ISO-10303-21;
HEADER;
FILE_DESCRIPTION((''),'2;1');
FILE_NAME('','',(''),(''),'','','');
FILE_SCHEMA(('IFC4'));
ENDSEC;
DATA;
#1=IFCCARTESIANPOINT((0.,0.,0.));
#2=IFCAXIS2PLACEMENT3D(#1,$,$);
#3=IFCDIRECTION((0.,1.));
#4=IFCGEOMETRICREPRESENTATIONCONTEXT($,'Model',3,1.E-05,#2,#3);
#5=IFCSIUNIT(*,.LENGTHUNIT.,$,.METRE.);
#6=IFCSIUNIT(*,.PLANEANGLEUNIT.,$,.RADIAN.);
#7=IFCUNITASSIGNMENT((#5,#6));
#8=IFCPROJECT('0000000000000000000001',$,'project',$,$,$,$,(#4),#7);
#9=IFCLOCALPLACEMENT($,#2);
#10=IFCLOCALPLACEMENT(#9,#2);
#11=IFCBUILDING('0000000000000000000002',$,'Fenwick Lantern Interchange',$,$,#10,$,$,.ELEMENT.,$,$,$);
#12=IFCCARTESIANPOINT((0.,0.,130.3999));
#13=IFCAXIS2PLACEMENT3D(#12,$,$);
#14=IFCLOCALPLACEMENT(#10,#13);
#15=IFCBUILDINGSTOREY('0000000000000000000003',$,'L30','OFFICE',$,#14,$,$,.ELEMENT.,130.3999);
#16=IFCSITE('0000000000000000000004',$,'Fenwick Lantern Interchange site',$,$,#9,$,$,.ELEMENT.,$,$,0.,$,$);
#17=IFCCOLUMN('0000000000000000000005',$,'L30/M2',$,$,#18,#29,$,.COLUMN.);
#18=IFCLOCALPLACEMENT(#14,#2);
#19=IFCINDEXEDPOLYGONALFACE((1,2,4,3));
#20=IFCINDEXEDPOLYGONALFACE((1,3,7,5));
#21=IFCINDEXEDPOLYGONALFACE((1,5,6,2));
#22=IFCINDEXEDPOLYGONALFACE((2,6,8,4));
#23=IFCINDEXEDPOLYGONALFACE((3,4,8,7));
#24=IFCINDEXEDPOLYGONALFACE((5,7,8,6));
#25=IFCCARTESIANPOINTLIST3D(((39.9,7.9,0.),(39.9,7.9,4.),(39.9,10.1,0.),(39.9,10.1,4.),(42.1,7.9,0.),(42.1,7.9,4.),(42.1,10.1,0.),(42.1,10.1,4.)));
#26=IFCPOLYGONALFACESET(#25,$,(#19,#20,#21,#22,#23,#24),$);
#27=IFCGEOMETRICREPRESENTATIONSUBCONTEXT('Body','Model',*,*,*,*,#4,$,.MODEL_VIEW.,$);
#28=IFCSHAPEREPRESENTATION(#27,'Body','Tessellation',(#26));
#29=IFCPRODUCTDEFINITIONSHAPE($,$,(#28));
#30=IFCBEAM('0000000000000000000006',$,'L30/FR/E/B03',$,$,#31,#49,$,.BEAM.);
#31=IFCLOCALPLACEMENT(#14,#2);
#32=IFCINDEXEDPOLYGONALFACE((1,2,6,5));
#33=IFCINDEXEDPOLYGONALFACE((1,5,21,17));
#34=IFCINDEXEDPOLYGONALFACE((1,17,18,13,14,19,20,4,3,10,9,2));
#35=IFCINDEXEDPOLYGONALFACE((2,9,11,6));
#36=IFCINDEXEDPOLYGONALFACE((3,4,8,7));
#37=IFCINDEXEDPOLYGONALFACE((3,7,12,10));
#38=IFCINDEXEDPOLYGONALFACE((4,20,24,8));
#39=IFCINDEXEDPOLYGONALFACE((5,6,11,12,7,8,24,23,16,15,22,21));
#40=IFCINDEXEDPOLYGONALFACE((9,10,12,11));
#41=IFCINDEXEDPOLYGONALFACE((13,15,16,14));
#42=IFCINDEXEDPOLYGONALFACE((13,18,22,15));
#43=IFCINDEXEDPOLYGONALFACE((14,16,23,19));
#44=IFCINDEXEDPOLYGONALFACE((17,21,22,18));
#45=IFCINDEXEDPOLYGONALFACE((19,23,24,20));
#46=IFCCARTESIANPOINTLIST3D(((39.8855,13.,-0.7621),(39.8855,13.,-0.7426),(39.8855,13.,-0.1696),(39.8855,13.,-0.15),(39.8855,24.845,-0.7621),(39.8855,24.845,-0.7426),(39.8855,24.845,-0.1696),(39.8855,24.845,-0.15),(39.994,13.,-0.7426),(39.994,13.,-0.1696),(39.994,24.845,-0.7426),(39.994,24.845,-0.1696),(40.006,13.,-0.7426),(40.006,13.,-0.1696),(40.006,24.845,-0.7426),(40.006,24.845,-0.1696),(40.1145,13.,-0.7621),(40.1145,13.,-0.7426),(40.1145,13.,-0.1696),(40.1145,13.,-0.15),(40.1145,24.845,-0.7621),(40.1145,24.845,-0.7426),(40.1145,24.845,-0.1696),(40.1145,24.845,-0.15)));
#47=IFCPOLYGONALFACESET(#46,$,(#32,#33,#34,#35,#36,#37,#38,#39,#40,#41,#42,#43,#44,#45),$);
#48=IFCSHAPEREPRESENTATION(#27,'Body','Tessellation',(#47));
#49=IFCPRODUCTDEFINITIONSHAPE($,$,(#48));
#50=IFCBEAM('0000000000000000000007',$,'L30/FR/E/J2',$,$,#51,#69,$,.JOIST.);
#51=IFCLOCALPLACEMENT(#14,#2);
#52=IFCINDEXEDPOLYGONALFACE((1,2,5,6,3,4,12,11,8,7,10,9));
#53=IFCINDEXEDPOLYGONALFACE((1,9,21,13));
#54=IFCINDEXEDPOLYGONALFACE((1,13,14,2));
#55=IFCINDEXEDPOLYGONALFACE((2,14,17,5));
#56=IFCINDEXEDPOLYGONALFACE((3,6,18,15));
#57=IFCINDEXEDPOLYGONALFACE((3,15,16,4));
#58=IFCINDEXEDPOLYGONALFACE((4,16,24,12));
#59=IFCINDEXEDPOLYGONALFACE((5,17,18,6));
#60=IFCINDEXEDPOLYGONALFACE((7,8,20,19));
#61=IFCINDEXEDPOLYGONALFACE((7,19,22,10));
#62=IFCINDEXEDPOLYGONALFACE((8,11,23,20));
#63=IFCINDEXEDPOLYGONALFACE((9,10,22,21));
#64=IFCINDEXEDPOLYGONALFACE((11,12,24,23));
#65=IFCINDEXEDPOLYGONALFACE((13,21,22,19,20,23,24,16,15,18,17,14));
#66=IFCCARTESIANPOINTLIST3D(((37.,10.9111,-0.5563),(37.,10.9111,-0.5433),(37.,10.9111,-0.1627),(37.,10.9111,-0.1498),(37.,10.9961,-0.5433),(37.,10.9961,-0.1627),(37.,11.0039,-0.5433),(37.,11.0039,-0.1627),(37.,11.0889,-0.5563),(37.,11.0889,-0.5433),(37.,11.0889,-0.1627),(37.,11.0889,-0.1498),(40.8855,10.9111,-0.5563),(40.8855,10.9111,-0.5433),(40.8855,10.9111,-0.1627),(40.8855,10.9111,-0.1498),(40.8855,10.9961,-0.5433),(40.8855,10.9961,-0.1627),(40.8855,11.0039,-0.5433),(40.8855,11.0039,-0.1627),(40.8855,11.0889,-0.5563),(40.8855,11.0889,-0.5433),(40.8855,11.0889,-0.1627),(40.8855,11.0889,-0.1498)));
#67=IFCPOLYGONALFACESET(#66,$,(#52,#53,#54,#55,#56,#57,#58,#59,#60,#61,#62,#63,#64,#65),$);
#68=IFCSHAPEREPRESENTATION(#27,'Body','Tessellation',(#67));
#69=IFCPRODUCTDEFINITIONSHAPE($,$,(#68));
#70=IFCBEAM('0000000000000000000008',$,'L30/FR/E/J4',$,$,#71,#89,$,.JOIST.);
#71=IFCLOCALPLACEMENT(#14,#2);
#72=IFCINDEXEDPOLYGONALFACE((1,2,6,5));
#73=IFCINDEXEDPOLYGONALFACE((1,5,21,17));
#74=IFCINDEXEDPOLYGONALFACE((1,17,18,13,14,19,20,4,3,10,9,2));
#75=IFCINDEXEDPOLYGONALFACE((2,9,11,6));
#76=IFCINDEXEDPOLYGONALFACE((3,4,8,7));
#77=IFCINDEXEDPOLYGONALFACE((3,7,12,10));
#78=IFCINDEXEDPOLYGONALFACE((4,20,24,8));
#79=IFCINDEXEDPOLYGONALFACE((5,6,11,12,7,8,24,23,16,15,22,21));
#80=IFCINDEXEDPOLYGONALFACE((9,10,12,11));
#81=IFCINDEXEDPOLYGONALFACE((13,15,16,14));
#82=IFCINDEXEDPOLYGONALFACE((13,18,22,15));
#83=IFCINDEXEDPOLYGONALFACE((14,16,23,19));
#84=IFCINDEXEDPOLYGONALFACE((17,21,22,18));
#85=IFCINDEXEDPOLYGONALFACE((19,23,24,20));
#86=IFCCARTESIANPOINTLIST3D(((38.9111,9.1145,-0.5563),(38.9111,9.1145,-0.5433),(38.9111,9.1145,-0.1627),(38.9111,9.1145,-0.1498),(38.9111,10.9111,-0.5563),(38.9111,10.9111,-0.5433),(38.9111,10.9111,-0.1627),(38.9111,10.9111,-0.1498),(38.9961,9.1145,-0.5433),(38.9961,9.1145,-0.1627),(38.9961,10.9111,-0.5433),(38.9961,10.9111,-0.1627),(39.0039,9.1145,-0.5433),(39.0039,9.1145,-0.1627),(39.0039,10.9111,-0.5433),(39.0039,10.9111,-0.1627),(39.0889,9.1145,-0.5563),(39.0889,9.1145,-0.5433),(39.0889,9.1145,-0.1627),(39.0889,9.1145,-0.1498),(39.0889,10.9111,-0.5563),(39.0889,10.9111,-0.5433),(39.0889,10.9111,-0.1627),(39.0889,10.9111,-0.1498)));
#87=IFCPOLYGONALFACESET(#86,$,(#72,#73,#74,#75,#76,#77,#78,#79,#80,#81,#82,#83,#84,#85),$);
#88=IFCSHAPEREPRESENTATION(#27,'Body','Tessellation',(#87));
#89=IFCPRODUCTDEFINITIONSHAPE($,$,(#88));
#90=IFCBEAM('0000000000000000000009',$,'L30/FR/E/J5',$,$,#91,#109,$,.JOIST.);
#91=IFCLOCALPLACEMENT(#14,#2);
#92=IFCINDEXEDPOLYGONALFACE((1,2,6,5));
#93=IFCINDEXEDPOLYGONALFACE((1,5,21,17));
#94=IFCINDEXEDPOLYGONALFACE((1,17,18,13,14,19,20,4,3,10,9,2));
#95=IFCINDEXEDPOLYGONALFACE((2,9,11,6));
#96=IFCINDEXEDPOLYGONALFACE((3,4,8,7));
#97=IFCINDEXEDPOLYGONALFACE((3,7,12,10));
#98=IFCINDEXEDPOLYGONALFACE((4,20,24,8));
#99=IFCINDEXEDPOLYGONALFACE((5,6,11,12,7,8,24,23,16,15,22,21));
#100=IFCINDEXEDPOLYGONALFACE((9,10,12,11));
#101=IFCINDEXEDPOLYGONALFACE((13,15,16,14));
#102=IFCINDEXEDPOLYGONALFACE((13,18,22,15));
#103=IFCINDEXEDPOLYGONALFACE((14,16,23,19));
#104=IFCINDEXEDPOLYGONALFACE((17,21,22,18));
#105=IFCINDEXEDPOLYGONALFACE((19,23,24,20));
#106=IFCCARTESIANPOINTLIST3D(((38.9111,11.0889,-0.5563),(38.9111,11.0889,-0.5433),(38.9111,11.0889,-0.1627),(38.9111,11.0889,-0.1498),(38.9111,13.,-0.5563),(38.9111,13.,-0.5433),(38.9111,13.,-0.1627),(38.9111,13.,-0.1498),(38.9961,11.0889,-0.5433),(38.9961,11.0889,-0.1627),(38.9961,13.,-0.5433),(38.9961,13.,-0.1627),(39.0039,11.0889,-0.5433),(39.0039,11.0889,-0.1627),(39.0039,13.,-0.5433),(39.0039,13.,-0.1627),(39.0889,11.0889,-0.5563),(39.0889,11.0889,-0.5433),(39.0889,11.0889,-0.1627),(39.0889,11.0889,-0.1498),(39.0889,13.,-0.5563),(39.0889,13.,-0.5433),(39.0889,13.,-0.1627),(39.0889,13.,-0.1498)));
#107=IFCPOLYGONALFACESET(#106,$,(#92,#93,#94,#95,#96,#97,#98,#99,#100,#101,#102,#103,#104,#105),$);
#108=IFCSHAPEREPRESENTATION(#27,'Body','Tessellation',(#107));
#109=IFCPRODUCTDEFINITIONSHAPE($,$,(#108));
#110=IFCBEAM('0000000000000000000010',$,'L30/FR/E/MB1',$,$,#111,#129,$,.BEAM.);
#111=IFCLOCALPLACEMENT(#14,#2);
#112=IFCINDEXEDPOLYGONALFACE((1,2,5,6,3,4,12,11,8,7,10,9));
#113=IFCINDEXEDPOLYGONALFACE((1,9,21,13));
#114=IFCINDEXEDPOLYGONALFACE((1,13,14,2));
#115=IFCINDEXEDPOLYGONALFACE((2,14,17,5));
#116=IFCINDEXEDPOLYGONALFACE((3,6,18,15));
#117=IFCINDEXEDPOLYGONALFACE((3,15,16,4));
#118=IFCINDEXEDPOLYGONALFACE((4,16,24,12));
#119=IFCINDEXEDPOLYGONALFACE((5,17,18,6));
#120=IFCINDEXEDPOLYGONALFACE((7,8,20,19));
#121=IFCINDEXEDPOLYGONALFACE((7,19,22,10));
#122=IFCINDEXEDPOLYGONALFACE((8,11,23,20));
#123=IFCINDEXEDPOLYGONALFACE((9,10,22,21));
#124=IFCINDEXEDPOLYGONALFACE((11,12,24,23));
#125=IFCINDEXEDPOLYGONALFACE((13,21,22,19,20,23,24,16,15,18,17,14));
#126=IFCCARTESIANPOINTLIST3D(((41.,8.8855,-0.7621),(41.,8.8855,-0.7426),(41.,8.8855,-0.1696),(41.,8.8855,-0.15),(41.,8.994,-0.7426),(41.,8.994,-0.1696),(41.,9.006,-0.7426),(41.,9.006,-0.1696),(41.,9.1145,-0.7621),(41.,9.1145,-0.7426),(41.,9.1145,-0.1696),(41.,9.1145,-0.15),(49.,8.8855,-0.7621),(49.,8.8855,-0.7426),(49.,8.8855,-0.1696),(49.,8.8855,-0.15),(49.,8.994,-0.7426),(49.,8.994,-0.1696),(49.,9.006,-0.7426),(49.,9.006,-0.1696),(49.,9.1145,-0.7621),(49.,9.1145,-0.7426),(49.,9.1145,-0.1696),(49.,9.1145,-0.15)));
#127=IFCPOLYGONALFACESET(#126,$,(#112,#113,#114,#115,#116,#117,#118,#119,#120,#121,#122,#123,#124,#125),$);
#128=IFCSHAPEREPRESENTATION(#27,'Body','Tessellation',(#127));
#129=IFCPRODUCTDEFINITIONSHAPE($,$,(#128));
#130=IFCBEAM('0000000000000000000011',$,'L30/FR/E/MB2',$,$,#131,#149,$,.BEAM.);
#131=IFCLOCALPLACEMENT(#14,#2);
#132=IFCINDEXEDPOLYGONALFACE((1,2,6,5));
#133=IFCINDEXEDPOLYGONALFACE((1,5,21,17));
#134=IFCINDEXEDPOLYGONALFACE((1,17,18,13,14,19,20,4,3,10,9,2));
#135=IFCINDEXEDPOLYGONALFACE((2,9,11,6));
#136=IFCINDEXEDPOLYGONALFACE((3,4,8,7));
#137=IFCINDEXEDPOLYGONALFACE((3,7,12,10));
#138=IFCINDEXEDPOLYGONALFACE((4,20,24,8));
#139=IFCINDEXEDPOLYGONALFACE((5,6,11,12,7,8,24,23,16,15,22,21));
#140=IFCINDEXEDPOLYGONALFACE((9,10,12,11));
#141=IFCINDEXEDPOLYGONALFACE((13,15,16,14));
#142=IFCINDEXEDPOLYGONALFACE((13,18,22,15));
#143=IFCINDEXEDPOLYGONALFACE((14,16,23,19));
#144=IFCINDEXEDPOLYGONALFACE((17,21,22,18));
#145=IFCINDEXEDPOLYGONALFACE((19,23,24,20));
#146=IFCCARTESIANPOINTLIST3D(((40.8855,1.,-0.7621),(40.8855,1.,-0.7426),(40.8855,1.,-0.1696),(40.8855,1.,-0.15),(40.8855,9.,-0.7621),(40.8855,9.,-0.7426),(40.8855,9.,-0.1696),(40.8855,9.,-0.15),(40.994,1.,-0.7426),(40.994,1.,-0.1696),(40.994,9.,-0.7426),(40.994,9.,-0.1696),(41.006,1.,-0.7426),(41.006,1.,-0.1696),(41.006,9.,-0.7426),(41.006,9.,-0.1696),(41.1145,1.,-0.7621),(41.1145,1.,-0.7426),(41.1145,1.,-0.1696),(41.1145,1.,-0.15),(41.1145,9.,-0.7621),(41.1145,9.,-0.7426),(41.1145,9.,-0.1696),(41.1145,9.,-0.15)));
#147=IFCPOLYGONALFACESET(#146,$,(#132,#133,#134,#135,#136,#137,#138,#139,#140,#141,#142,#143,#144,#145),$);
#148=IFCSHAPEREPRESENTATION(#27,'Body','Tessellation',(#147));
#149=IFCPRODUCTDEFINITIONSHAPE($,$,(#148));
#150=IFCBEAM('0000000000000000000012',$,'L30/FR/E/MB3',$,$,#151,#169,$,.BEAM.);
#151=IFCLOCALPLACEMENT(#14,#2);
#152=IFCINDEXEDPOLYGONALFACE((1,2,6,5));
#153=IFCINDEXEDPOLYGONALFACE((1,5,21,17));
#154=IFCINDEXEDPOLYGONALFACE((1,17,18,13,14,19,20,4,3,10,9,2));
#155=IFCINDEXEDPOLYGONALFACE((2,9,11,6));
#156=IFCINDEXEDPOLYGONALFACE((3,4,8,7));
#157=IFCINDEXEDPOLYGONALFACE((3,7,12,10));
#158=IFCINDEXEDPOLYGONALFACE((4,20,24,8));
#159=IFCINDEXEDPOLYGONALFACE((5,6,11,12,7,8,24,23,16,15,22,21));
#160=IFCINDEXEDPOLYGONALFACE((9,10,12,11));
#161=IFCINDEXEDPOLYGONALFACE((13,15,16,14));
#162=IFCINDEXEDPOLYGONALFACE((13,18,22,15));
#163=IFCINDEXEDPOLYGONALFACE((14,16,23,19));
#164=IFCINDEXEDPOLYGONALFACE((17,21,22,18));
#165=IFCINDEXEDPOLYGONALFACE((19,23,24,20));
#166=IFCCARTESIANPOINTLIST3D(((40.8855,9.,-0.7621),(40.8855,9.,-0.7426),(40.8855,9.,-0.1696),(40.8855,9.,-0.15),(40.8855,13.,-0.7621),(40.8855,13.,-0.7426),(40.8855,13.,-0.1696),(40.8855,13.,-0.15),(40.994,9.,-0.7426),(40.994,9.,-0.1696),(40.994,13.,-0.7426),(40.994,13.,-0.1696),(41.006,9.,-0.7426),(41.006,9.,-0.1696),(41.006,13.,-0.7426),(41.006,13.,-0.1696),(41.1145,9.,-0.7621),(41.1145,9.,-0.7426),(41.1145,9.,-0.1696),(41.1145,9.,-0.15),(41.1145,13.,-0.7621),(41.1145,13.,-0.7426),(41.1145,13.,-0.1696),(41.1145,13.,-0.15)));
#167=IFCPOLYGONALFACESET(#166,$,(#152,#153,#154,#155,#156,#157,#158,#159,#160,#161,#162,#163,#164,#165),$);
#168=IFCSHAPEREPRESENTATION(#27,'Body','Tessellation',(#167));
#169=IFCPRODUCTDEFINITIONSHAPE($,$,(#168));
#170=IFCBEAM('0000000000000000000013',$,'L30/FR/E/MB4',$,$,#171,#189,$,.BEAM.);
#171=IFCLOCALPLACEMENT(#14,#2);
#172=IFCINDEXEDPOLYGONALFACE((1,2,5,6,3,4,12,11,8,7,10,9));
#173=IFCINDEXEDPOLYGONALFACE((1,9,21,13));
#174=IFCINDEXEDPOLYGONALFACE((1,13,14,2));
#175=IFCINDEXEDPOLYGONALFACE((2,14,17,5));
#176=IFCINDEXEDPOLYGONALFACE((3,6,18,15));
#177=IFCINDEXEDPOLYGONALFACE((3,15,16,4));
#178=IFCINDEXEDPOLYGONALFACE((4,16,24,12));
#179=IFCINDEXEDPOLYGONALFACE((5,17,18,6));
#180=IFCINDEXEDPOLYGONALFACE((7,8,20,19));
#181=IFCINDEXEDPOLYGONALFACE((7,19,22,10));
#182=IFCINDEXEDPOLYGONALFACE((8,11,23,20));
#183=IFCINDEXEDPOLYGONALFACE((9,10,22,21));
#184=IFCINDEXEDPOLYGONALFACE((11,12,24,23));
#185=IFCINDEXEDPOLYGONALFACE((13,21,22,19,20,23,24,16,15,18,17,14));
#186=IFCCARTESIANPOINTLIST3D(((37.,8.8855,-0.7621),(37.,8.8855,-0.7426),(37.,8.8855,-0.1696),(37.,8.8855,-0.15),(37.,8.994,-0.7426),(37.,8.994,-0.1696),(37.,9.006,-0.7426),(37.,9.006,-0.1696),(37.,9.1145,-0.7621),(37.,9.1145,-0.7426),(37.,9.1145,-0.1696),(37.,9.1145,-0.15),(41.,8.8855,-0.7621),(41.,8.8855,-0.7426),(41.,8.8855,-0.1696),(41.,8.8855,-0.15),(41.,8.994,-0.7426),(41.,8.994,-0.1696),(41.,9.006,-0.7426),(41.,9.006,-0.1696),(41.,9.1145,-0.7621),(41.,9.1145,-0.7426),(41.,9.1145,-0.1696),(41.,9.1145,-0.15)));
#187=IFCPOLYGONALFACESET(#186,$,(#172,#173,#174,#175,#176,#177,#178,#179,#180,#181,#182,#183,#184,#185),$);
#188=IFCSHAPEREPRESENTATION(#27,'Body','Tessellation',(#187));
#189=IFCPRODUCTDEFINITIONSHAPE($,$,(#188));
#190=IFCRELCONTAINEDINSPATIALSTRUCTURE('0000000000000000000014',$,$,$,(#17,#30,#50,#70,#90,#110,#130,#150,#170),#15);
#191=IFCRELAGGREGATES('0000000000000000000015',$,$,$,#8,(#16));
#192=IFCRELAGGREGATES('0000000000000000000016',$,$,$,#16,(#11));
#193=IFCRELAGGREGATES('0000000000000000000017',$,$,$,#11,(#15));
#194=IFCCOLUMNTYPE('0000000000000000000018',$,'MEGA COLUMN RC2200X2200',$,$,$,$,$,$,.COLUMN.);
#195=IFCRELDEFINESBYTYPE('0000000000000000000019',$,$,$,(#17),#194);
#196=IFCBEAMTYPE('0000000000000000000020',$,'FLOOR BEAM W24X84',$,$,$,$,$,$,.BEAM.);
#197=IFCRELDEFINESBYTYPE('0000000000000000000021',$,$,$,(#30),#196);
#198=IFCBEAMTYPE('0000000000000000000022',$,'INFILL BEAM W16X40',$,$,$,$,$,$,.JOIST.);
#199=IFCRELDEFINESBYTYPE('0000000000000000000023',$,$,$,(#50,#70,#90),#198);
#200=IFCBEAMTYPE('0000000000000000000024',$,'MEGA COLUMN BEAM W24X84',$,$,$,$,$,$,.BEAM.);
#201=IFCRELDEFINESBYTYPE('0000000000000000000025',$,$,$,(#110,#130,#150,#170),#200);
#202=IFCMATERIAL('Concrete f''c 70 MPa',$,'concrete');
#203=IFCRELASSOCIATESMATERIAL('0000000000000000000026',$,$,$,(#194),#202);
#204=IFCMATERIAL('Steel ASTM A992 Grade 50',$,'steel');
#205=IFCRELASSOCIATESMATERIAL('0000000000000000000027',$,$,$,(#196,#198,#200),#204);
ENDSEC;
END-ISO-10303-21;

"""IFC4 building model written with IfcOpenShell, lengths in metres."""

from ifc_helpers import new_model, si_unit, direction, frame, origin, origin_2d, place, context, subcontext, project, spatial, rectangle, i_section, extrude, material, material_profile, profile_set, type_object, element, save


model = new_model("IFC4")

# Units and contexts
model_context = context("Model", 3, precision=1e-05, world=origin(), true_north=direction((0.0, 1.0)))
body_context = subcontext(model_context, "Body", "Model", "MODEL_VIEW")
ifc_project = project(units=[si_unit("LENGTHUNIT", "METRE"), si_unit("PLANEANGLEUNIT", "RADIAN")], contexts=[model_context])

# Site, building, storey
site_placement = place(None, origin())
site = spatial("IfcSite", under=ifc_project, at=site_placement, Name="Fenwick Lantern Interchange site", CompositionType="ELEMENT", RefElevation=0.0)
building_placement = place(site_placement, origin())
building = spatial("IfcBuilding", under=site, at=building_placement, Name="Fenwick Lantern Interchange", CompositionType="ELEMENT")
storey_placement = place(building_placement, frame((0.0, 0.0, 130.3999)))
storey = spatial("IfcBuildingStorey", under=building, at=storey_placement, Name="L30", Description="OFFICE", CompositionType="ELEMENT", Elevation=130.3999)

# Column
ifc_material_1 = material(Name="Concrete f'c 70 MPa", Category="concrete")
ifc_material_profile_1 = material_profile(ifc_material_1, rectangle(XDim=2.2, YDim=2.2, at=origin_2d()), Name="RC2200X2200")
ifc_profile_set_1 = profile_set([ifc_material_profile_1], Name="Concrete f'c 70 MPa")
column_type = type_object("IfcColumnType", Name="MEGA COLUMN RC2200X2200", PredefinedType="COLUMN", material=ifc_profile_set_1)
column_placement = place(storey_placement, frame((41.0, 9.0, 0.0), z_axis=(0.0, 0.0, 1.0), x_axis=(1.0, 0.0, 0.0)))
element("IfcColumn", 1, at=column_placement, inside=storey, type_object=column_type, Name="L30/M2", PredefinedType="COLUMN", context=body_context, shape_type="SweptSolid", body=[
    extrude(rectangle(XDim=2.2, YDim=2.2, at=origin_2d()), origin(), (0.0, 0.0, 1.0), 4.0),
])

# Beams
ifc_material_2 = material(Name="Steel ASTM A992 Grade 50", Category="steel")
ifc_material_profile_2 = material_profile(ifc_material_2, i_section(OverallWidth=0.229, OverallDepth=0.6121, WebThickness=0.012, FlangeThickness=0.0195, at=origin_2d()), Name="W24X84")
ifc_profile_set_2 = profile_set([ifc_material_profile_2], Name="Steel ASTM A992 Grade 50")
beam_type_1 = type_object("IfcBeamType", Name="FLOOR BEAM W24X84", PredefinedType="BEAM", material=ifc_profile_set_2)
beam_1_placement = place(storey_placement, frame((40.0, 13.0, -0.4561), z_axis=(0.0, 1.0, 0.0), x_axis=(-1.0, 0.0, 0.0)))
element("IfcBeam", 2, at=beam_1_placement, inside=storey, type_object=beam_type_1, Name="L30/FR/E/B03", PredefinedType="BEAM", context=body_context, shape_type="SweptSolid", body=[
    extrude(i_section(OverallWidth=0.229, OverallDepth=0.6121, WebThickness=0.012, FlangeThickness=0.0195, at=origin_2d()), origin(), (0.0, 0.0, 1.0), 11.845),
])
ifc_material_profile_3 = material_profile(ifc_material_2, i_section(OverallWidth=0.1777, OverallDepth=0.4065, WebThickness=0.0078, FlangeThickness=0.0129, at=origin_2d()), Name="W16X40")
ifc_profile_set_3 = profile_set([ifc_material_profile_3], Name="Steel ASTM A992 Grade 50")
beam_type_2 = type_object("IfcBeamType", Name="INFILL BEAM W16X40", PredefinedType="JOIST", material=ifc_profile_set_3)
beam_2_placement = place(storey_placement, frame((40.8855, 11.0, -0.353), z_axis=(-1.0, 0.0, 0.0), x_axis=(0.0, -1.0, 0.0)))
element("IfcBeam", 3, at=beam_2_placement, inside=storey, type_object=beam_type_2, Name="L30/FR/E/J2", PredefinedType="JOIST", context=body_context, shape_type="SweptSolid", body=[
    extrude(i_section(OverallWidth=0.1777, OverallDepth=0.4065, WebThickness=0.0078, FlangeThickness=0.0129, at=origin_2d()), origin(), (0.0, 0.0, 1.0), 3.8855),
])
beam_3_placement = place(storey_placement, frame((39.0, 9.1145, -0.353), z_axis=(0.0, 1.0, 0.0), x_axis=(-1.0, 0.0, 0.0)))
element("IfcBeam", 4, at=beam_3_placement, inside=storey, type_object=beam_type_2, Name="L30/FR/E/J4", PredefinedType="JOIST", context=body_context, shape_type="SweptSolid", body=[
    extrude(i_section(OverallWidth=0.1777, OverallDepth=0.4065, WebThickness=0.0078, FlangeThickness=0.0129, at=origin_2d()), origin(), (0.0, 0.0, 1.0), 1.7966),
])
beam_4_placement = place(storey_placement, frame((39.0, 11.0889, -0.353), z_axis=(0.0, 1.0, 0.0), x_axis=(-1.0, 0.0, 0.0)))
element("IfcBeam", 5, at=beam_4_placement, inside=storey, type_object=beam_type_2, Name="L30/FR/E/J5", PredefinedType="JOIST", context=body_context, shape_type="SweptSolid", body=[
    extrude(i_section(OverallWidth=0.1777, OverallDepth=0.4065, WebThickness=0.0078, FlangeThickness=0.0129, at=origin_2d()), origin(), (0.0, 0.0, 1.0), 1.9111),
])
ifc_material_profile_4 = material_profile(ifc_material_2, i_section(OverallWidth=0.229, OverallDepth=0.6121, WebThickness=0.012, FlangeThickness=0.0195, at=origin_2d()), Name="W24X84")
ifc_profile_set_4 = profile_set([ifc_material_profile_4], Name="Steel ASTM A992 Grade 50")
beam_type_3 = type_object("IfcBeamType", Name="MEGA COLUMN BEAM W24X84", PredefinedType="BEAM", material=ifc_profile_set_4)
for number, where, z_axis, x_axis, name in (
    (6, (41.0, 9.0, -0.4561), (1.0, 0.0, 0.0), (0.0, 1.0, 0.0), "L30/FR/E/MB1"),
    (7, (41.0, 9.0, -0.4561), (0.0, -1.0, 0.0), (1.0, 0.0, 0.0), "L30/FR/E/MB2"),
):
    element("IfcBeam", number, at=place(storey_placement, frame(where, z_axis=z_axis, x_axis=x_axis)), inside=storey, type_object=beam_type_3, Name=name, PredefinedType="BEAM", context=body_context, shape_type="SweptSolid", body=[
        extrude(i_section(OverallWidth=0.229, OverallDepth=0.6121, WebThickness=0.012, FlangeThickness=0.0195, at=origin_2d()), origin(), (0.0, 0.0, 1.0), 8.0),
    ])
for number, where, z_axis, x_axis, name in (
    (8, (41.0, 9.0, -0.4561), (0.0, 1.0, 0.0), (-1.0, 0.0, 0.0), "L30/FR/E/MB3"),
    (9, (41.0, 9.0, -0.4561), (-1.0, 0.0, 0.0), (0.0, -1.0, 0.0), "L30/FR/E/MB4"),
):
    element("IfcBeam", number, at=place(storey_placement, frame(where, z_axis=z_axis, x_axis=x_axis)), inside=storey, type_object=beam_type_3, Name=name, PredefinedType="BEAM", context=body_context, shape_type="SweptSolid", body=[
        extrude(i_section(OverallWidth=0.229, OverallDepth=0.6121, WebThickness=0.012, FlangeThickness=0.0195, at=origin_2d()), origin(), (0.0, 0.0, 1.0), 4.0),
    ])

save(model, "model.ifc")
